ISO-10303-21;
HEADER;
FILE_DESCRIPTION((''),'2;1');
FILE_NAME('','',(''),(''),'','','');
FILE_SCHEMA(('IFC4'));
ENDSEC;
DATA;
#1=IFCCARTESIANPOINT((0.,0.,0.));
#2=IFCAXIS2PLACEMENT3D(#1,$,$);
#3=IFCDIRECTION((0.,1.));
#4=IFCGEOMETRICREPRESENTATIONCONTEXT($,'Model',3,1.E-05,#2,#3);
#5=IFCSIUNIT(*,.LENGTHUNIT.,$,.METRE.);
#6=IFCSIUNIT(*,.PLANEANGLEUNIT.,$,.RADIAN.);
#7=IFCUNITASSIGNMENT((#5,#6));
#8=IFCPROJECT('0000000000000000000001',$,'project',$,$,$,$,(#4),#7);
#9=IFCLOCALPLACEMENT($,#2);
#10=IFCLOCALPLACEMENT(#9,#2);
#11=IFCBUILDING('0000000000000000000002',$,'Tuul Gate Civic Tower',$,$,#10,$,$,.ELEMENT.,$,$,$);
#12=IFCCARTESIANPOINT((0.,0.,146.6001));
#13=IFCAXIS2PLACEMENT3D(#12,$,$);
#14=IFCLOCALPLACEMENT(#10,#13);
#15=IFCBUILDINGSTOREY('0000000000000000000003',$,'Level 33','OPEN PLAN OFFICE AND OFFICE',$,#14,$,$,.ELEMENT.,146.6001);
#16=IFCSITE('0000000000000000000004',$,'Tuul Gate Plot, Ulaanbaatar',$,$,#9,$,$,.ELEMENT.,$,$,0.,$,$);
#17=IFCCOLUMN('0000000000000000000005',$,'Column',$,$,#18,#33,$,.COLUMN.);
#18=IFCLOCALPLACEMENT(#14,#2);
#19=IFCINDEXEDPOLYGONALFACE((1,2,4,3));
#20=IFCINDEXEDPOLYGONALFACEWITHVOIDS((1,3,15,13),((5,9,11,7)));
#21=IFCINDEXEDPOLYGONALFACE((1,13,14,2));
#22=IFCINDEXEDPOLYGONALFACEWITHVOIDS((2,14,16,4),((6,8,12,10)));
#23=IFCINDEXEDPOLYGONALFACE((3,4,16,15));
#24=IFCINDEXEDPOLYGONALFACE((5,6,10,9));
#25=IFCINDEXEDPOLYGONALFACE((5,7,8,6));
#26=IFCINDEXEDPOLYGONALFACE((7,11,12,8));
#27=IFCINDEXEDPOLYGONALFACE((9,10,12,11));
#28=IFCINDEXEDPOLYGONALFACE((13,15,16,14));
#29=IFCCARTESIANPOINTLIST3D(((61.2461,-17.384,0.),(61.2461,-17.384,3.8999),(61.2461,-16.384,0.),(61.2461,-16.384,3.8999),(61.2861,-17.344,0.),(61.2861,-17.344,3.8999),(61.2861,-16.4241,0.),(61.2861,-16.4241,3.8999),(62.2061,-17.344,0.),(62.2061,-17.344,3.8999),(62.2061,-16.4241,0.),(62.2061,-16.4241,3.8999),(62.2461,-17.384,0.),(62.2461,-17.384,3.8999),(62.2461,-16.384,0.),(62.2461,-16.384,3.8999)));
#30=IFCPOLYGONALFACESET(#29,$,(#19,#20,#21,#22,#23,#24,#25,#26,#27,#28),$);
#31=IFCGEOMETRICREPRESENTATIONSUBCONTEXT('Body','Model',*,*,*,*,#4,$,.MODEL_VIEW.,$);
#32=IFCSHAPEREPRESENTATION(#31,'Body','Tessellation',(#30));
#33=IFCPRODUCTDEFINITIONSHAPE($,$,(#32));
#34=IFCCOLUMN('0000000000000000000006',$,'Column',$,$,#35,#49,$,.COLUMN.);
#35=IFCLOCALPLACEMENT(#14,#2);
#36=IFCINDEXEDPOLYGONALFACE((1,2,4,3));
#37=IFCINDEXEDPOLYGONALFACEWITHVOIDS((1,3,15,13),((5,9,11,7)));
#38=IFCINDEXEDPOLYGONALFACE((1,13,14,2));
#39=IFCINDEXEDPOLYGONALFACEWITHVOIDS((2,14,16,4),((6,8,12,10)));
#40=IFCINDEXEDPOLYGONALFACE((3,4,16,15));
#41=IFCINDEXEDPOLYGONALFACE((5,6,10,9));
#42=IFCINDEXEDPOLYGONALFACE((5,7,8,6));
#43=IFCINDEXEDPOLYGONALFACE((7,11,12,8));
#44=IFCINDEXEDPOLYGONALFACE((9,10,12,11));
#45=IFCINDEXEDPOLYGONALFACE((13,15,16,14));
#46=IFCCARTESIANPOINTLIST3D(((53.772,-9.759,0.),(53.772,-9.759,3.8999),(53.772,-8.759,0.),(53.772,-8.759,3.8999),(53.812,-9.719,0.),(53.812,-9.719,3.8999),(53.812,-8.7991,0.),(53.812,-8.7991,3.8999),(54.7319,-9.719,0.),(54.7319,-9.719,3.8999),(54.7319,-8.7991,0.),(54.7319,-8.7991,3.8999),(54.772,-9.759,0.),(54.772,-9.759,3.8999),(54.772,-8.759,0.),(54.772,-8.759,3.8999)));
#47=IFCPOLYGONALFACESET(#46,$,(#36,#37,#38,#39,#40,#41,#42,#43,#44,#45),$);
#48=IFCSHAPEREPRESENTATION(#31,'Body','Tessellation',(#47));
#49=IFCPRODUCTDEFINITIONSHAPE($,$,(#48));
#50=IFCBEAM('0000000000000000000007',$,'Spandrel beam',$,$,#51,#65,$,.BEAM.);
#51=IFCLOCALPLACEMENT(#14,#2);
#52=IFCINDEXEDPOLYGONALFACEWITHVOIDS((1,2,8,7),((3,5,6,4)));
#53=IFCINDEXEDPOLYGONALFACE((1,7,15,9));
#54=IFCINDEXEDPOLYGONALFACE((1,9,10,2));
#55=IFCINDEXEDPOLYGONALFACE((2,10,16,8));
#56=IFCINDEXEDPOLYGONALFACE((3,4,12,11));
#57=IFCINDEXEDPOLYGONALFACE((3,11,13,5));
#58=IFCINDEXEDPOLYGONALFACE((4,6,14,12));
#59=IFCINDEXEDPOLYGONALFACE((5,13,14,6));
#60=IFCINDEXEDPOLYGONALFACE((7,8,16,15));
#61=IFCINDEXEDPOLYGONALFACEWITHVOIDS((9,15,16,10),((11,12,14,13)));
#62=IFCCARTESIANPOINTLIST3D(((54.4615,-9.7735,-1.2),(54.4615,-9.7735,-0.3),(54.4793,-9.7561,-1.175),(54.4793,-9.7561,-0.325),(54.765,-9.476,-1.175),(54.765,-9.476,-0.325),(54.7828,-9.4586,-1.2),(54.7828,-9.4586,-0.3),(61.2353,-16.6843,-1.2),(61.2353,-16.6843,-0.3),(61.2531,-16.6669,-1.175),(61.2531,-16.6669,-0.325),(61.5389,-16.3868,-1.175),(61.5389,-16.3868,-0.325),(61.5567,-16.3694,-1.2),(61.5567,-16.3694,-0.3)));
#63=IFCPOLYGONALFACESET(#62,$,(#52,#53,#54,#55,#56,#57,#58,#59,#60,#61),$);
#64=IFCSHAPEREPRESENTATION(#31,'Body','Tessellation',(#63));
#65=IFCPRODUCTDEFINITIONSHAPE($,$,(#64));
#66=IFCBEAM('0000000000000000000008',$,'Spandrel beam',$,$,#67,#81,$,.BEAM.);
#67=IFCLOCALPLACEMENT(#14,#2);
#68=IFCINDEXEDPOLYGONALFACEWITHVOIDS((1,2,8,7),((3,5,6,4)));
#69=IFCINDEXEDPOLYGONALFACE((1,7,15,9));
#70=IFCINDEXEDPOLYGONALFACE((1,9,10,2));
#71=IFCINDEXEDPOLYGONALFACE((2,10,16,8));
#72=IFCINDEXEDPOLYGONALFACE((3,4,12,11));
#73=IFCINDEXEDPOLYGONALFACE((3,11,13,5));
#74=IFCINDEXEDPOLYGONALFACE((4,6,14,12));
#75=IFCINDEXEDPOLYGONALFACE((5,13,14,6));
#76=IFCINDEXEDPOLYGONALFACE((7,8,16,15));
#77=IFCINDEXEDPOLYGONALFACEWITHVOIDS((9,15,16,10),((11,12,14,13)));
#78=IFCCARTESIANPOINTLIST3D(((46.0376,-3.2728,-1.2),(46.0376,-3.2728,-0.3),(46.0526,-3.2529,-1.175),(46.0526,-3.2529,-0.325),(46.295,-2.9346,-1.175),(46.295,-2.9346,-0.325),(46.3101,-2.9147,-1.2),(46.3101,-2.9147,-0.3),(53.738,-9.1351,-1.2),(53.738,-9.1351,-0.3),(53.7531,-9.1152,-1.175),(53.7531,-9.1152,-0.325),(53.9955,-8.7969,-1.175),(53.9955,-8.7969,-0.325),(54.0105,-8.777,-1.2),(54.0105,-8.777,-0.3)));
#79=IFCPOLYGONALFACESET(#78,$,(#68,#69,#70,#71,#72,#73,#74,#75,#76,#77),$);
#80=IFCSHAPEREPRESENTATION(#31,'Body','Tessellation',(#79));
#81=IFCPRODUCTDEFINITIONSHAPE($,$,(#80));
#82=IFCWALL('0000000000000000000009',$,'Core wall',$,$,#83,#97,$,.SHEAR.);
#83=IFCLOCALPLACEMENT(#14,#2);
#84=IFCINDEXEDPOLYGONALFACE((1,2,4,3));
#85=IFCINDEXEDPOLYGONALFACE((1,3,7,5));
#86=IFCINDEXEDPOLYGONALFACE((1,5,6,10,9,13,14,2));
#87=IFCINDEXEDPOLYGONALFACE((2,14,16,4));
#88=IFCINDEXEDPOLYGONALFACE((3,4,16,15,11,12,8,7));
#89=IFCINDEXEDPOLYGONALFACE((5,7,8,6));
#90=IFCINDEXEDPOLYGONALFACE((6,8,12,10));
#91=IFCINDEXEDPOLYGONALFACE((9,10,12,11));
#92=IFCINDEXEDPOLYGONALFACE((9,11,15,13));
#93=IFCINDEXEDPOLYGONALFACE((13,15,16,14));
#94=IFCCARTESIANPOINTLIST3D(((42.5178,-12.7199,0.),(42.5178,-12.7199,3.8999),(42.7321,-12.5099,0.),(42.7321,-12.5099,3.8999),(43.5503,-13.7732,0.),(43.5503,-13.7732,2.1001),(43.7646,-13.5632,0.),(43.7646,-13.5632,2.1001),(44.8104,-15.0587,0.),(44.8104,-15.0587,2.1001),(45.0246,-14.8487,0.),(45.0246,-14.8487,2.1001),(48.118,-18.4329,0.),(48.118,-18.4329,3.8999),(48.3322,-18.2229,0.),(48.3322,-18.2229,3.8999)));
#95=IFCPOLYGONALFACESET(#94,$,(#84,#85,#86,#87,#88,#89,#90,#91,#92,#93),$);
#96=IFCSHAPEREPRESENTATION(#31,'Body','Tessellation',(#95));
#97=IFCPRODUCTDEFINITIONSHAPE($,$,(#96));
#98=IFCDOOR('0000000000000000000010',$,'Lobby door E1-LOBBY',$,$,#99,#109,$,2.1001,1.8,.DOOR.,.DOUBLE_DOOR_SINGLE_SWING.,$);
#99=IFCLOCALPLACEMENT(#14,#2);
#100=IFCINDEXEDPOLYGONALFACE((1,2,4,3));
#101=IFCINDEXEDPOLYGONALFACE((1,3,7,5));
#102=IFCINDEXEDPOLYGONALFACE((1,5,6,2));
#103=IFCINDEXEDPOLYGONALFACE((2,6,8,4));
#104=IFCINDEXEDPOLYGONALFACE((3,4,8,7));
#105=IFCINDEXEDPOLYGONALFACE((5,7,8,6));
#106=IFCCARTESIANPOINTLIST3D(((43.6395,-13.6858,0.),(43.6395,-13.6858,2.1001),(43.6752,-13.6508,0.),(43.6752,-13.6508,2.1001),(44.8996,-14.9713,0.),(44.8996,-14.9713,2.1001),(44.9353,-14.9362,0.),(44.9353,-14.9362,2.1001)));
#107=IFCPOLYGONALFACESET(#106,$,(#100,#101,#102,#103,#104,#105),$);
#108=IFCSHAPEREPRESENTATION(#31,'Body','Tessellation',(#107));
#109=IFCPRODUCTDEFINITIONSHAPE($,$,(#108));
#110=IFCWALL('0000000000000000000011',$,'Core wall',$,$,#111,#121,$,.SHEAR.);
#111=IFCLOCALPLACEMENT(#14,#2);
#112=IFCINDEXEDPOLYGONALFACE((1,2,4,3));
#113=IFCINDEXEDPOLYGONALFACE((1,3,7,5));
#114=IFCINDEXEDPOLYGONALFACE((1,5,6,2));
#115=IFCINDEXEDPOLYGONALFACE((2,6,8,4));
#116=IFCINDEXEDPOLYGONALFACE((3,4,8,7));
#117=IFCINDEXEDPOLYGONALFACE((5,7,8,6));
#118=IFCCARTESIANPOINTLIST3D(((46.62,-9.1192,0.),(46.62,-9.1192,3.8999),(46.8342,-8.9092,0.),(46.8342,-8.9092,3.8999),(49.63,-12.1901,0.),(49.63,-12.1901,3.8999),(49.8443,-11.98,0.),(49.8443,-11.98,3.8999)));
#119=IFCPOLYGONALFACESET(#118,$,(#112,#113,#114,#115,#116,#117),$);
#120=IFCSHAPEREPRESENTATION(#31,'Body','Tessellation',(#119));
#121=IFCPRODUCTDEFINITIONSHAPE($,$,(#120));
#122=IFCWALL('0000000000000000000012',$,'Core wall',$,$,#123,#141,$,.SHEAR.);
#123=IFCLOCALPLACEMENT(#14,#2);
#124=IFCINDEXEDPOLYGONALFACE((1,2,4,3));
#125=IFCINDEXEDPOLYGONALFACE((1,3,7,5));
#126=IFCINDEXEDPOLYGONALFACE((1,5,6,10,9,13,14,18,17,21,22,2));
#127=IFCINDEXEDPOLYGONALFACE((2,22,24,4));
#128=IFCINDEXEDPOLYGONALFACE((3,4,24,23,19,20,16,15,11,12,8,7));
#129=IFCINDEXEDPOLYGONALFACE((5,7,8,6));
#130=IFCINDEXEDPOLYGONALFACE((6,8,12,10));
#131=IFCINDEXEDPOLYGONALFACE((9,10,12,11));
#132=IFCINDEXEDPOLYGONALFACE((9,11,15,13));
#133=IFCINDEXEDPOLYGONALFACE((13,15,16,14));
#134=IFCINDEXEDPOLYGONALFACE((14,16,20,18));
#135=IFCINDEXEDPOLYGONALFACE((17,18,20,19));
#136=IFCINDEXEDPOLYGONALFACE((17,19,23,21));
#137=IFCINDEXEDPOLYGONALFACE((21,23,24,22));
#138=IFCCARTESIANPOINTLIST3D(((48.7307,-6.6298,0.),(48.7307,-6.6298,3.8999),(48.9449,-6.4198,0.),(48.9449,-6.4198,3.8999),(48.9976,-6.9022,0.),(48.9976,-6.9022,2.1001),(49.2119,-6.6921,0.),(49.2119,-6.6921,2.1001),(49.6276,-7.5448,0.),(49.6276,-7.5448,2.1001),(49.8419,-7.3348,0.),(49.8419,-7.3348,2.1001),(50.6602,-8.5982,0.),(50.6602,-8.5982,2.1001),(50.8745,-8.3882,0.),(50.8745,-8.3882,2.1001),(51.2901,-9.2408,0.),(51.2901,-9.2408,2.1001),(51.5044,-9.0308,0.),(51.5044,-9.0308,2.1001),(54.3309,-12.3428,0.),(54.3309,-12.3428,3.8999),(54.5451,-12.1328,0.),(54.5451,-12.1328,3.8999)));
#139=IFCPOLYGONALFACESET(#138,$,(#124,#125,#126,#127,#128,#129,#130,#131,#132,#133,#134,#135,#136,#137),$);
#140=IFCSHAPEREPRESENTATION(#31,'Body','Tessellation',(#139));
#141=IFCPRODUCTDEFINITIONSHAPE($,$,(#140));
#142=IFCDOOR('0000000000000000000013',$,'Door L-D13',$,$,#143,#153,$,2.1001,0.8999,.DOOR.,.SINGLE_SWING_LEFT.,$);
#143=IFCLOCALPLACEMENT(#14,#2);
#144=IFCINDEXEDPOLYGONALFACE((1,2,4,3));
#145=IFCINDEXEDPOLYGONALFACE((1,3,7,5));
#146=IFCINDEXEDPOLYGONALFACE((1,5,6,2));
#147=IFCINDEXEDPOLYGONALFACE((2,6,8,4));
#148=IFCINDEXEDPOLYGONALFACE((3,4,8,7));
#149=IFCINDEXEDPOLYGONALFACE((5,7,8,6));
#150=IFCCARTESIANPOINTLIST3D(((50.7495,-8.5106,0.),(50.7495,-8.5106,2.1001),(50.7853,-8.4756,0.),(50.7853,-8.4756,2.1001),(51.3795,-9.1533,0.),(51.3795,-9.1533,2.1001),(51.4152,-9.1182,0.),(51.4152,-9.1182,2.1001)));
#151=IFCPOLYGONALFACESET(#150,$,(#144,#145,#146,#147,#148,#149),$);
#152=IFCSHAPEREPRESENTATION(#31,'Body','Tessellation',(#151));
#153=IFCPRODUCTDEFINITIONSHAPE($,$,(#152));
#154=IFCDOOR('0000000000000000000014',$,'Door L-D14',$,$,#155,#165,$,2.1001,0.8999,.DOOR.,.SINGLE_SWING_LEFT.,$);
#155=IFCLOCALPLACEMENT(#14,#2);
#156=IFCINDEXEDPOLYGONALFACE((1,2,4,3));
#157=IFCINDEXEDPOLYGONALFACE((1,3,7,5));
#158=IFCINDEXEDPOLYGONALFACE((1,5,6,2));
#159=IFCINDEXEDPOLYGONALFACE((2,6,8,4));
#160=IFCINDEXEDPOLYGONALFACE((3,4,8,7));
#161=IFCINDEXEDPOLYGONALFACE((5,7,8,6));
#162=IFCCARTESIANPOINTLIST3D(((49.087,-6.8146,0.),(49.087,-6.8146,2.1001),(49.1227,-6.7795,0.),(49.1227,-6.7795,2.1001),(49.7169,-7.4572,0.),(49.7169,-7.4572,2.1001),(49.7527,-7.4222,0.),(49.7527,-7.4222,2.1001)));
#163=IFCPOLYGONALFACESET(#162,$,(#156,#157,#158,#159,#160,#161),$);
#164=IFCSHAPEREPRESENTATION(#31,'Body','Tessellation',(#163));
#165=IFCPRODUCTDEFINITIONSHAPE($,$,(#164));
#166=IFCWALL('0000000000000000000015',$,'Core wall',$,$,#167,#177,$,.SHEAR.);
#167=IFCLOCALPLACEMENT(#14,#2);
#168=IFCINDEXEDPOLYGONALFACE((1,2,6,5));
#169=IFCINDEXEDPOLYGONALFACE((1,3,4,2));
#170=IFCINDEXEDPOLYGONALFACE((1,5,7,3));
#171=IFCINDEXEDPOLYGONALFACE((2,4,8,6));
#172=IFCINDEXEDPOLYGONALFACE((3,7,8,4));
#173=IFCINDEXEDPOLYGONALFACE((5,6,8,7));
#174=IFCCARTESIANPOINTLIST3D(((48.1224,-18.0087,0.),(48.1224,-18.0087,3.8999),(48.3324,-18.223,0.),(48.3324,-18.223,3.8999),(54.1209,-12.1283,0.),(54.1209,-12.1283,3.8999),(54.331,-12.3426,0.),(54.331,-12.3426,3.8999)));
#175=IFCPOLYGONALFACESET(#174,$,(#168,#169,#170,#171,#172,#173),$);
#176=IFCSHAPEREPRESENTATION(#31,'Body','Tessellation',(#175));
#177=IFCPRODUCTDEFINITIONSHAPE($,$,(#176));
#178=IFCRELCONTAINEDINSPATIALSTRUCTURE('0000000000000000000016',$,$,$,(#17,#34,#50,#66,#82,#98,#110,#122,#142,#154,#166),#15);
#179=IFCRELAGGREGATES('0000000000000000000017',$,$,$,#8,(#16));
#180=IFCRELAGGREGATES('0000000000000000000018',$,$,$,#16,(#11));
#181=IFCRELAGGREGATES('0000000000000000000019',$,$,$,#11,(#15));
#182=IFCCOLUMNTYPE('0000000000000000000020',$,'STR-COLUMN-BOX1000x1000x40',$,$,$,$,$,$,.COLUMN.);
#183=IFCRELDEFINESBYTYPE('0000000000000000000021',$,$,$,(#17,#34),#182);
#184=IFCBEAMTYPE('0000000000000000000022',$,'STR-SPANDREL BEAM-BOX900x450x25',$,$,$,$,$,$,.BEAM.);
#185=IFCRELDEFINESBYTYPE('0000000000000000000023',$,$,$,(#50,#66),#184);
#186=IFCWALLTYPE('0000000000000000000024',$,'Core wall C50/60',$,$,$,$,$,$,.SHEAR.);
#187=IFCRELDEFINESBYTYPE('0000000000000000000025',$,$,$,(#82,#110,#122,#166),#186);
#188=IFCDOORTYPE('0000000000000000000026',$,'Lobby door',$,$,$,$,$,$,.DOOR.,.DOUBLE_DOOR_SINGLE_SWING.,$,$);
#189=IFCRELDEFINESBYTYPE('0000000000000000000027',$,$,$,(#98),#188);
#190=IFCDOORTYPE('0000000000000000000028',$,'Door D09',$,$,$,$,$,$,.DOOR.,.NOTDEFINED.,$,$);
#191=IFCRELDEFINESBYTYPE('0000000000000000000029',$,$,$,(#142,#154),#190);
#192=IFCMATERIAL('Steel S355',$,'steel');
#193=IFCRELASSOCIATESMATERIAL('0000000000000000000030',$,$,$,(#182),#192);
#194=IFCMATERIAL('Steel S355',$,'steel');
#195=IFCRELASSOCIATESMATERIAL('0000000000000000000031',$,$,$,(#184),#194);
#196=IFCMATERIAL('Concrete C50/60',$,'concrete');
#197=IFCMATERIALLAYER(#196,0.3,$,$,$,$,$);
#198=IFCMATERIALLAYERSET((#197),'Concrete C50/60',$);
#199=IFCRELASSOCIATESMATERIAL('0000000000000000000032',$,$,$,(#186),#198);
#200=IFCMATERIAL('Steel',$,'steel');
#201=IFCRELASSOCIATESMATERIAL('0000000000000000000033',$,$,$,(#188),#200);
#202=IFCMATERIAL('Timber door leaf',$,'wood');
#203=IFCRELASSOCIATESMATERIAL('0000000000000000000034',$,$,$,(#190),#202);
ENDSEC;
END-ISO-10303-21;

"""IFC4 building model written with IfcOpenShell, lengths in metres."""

from ifc_helpers import new_model, si_unit, direction, frame, frame_2d, origin, origin_2d, place, context, subcontext, project, spatial, rectangle, hollow_rectangle, extrude, material, layer, layer_set, material_profile, profile_set, type_object, element, fill, save


model = new_model("IFC4")

# Units and contexts
model_context = context("Model", 3, precision=1e-05, world=origin(), true_north=direction((0.0, 1.0)))
body_context = subcontext(model_context, "Body", "Model", "MODEL_VIEW")
ifc_project = project(units=[si_unit("LENGTHUNIT", "METRE"), si_unit("PLANEANGLEUNIT", "RADIAN")], contexts=[model_context])

# Site, building, storey
site_placement = place(None, origin())
site = spatial("IfcSite", under=ifc_project, at=site_placement, Name="Tuul Gate Plot, Ulaanbaatar", CompositionType="ELEMENT", RefElevation=0.0)
building_placement = place(site_placement, origin())
building = spatial("IfcBuilding", under=site, at=building_placement, Name="Tuul Gate Civic Tower", CompositionType="ELEMENT")
storey_placement = place(building_placement, frame((0.0, 0.0, 146.6001)))
storey = spatial("IfcBuildingStorey", under=building, at=storey_placement, Name="Level 33", Description="OPEN PLAN OFFICE AND OFFICE", CompositionType="ELEMENT", Elevation=146.6001)

# Columns
ifc_material_1 = material(Name="Steel S355", Category="steel")
ifc_material_profile_1 = material_profile(ifc_material_1, hollow_rectangle(XDim=1.0, YDim=1.0, WallThickness=0.04, at=origin_2d()), Name="BOX1000x1000x40")
ifc_profile_set_1 = profile_set([ifc_material_profile_1], Name="Steel S355")
column_type = type_object("IfcColumnType", Name="STR-COLUMN-BOX1000x1000x40", PredefinedType="COLUMN", material=ifc_profile_set_1)
for number, where, z_axis, x_axis, name in (
    (1, (61.7461, -16.884, 0.0), (0.0, 0.0, 1.0), (1.0, 0.0, 0.0), "Column"),
    (2, (54.272, -9.259, 0.0), (0.0, 0.0, 1.0), (1.0, 0.0, 0.0), "Column"),
):
    element("IfcColumn", number, at=place(storey_placement, frame(where, z_axis=z_axis, x_axis=x_axis)), inside=storey, type_object=column_type, Name=name, PredefinedType="COLUMN", context=body_context, shape_type="SweptSolid", body=[
        extrude(hollow_rectangle(XDim=1.0, YDim=1.0, WallThickness=0.04, at=origin_2d()), origin(), (0.0, 0.0, 1.0), 3.8999),
    ])

# Beams
ifc_material_2 = material(Name="Steel S355", Category="steel")
ifc_material_profile_2 = material_profile(ifc_material_2, hollow_rectangle(XDim=0.45, YDim=0.8999, WallThickness=0.0249, at=origin_2d()), Name="BOX900x450x25")
ifc_profile_set_2 = profile_set([ifc_material_profile_2], Name="Steel S355")
beam_type = type_object("IfcBeamType", Name="STR-SPANDREL BEAM-BOX900x450x25", PredefinedType="BEAM", material=ifc_profile_set_2)
beam_1_placement = place(storey_placement, frame((61.396, -16.5269, -0.75), z_axis=(-0.699995, 0.714148, 0.0), x_axis=(-0.714148, -0.699995, 0.0)))
element("IfcBeam", 3, at=beam_1_placement, inside=storey, type_object=beam_type, Name="Spandrel beam", PredefinedType="BEAM", context=body_context, shape_type="SweptSolid", body=[
    extrude(hollow_rectangle(XDim=0.45, YDim=0.8999, WallThickness=0.0249, at=origin_2d()), origin(), (0.0, 0.0, 1.0), 9.677),
])
beam_2_placement = place(storey_placement, frame((53.8743, -8.9561, -0.75), z_axis=(-0.795666, 0.605736, 0.0), x_axis=(-0.605736, -0.795666, 0.0)))
element("IfcBeam", 4, at=beam_2_placement, inside=storey, type_object=beam_type, Name="Spandrel beam", PredefinedType="BEAM", context=body_context, shape_type="SweptSolid", body=[
    extrude(hollow_rectangle(XDim=0.45, YDim=0.8999, WallThickness=0.0249, at=origin_2d()), origin(), (0.0, 0.0, 1.0), 9.678),
])

# Wall, opening, door
ifc_material_3 = material(Name="Concrete C50/60", Category="concrete")
ifc_layer_1 = layer(ifc_material_3, 0.3)
ifc_layer_set_1 = layer_set([ifc_layer_1], Name="Concrete C50/60")
wall_type_1 = type_object("IfcWallType", Name="Core wall C50/60", PredefinedType="SHEAR", material=ifc_layer_set_1)
wall_1_placement = place(storey_placement, frame((48.2251, -18.3279, 0.0), z_axis=(0.0, 0.0, 1.0), x_axis=(-0.700022, 0.714121, 0.0)))
wall_1 = element("IfcWall", 5, at=wall_1_placement, inside=storey, type_object=wall_type_1, Name="Core wall", PredefinedType="SHEAR", context=body_context, shape_type="SweptSolid", body=[
    extrude(rectangle(XDim=8.0, YDim=0.3, at=frame_2d((4.0, 0.0))), origin(), (0.0, 0.0, 1.0), 3.8999),
])
opening_1_placement = place(wall_1_placement, frame((4.7251, 0.0, 0.0)))
opening_1 = element("IfcOpeningElement", 6, at=opening_1_placement, cuts=wall_1, PredefinedType="OPENING", context=body_context, shape_type="SweptSolid", body=[
    extrude(rectangle(XDim=1.8, YDim=2.1001, at=frame_2d((0.8999, 1.05))), frame((0.0, 0.1602, 0.0), z_axis=(0.0, -1.0, 0.0), x_axis=(1.0, 0.0, 0.0)), (0.0, 0.0, 1.0), 0.3201),
])
ifc_material_4 = material(Name="Steel", Category="steel")
door_type_1 = type_object("IfcDoorType", Name="Lobby door", OperationType="DOUBLE_DOOR_SINGLE_SWING", PredefinedType="DOOR", material=ifc_material_4)
door_1_placement = place(opening_1_placement, frame((1.8, 0.0, 0.0), z_axis=(0.0, 0.0, 1.0), x_axis=(-1.0, 0.0, 0.0)))
door_1 = element("IfcDoor", 7, at=door_1_placement, inside=storey, type_object=door_type_1, Name="Lobby door E1-LOBBY", OperationType="DOUBLE_DOOR_SINGLE_SWING", OverallHeight=2.1001, OverallWidth=1.8, PredefinedType="DOOR", context=body_context, shape_type="SweptSolid", body=[
    extrude(rectangle(XDim=1.8, YDim=2.1001, at=frame_2d((0.9001, 1.05))), frame((0.0, 0.0249, 0.0), z_axis=(0.0, -1.0, 0.0), x_axis=(1.0, 0.0, 0.0)), (0.0, 0.0, 1.0), 0.05),
])
fill(opening_1, door_1)

# Wall
wall_2_placement = place(storey_placement, frame((49.7371, -12.085, 0.0), z_axis=(0.0, 0.0, 1.0), x_axis=(-0.700003, 0.71414, 0.0)))
element("IfcWall", 8, at=wall_2_placement, inside=storey, type_object=wall_type_1, Name="Core wall", PredefinedType="SHEAR", context=body_context, shape_type="SweptSolid", body=[
    extrude(rectangle(XDim=4.3, YDim=0.3, at=frame_2d((2.1499, 0.0))), origin(), (0.0, 0.0, 1.0), 3.8999),
])

# Wall, openings, doors
wall_3_placement = place(storey_placement, frame((54.438, -12.2378, 0.0), z_axis=(0.0, 0.0, 1.0), x_axis=(-0.700022, 0.714121, 0.0)))
wall_3 = element("IfcWall", 9, at=wall_3_placement, inside=storey, type_object=wall_type_1, Name="Core wall", PredefinedType="SHEAR", context=body_context, shape_type="SweptSolid", body=[
    extrude(rectangle(XDim=8.0, YDim=0.3, at=frame_2d((4.0, 0.0))), origin(), (0.0, 0.0, 1.0), 3.8999),
])
opening_2_placement = place(wall_3_placement, frame((4.3438, 0.0, 0.0)))
opening_2 = element("IfcOpeningElement", 10, at=opening_2_placement, cuts=wall_3, PredefinedType="OPENING", context=body_context, shape_type="SweptSolid", body=[
    extrude(rectangle(XDim=0.8999, YDim=2.1001, at=frame_2d((0.45, 1.05))), frame((0.0, 0.1602, 0.0), z_axis=(0.0, -1.0, 0.0), x_axis=(1.0, 0.0, 0.0)), (0.0, 0.0, 1.0), 0.3201),
])
opening_3_placement = place(wall_3_placement, frame((6.7188, 0.0, 0.0)))
opening_3 = element("IfcOpeningElement", 11, at=opening_3_placement, cuts=wall_3, PredefinedType="OPENING", context=body_context, shape_type="SweptSolid", body=[
    extrude(rectangle(XDim=0.8999, YDim=2.1001, at=frame_2d((0.45, 1.05))), frame((0.0, 0.1602, 0.0), z_axis=(0.0, -1.0, 0.0), x_axis=(1.0, 0.0, 0.0)), (0.0, 0.0, 1.0), 0.3201),
])
ifc_material_5 = material(Name="Timber door leaf", Category="wood")
door_type_2 = type_object("IfcDoorType", Name="Door D09", OperationType="NOTDEFINED", PredefinedType="DOOR", material=ifc_material_5)
door_2_placement = place(opening_2_placement, origin())
door_2 = element("IfcDoor", 12, at=door_2_placement, inside=storey, type_object=door_type_2, Name="Door L-D13", OperationType="SINGLE_SWING_LEFT", OverallHeight=2.1001, OverallWidth=0.8999, PredefinedType="DOOR", context=body_context, shape_type="SweptSolid", body=[
    extrude(rectangle(XDim=0.8999, YDim=2.1001, at=frame_2d((0.45, 1.05))), frame((0.0, 0.0249, 0.0), z_axis=(0.0, -1.0, 0.0), x_axis=(1.0, 0.0, 0.0)), (0.0, 0.0, 1.0), 0.05),
])
fill(opening_2, door_2)
door_3_placement = place(opening_3_placement, origin())
door_3 = element("IfcDoor", 13, at=door_3_placement, inside=storey, type_object=door_type_2, Name="Door L-D14", OperationType="SINGLE_SWING_LEFT", OverallHeight=2.1001, OverallWidth=0.8999, PredefinedType="DOOR", context=body_context, shape_type="SweptSolid", body=[
    extrude(rectangle(XDim=0.8999, YDim=2.1001, at=frame_2d((0.45, 1.05))), frame((0.0, 0.0249, 0.0), z_axis=(0.0, -1.0, 0.0), x_axis=(1.0, 0.0, 0.0)), (0.0, 0.0, 1.0), 0.05),
])
fill(opening_3, door_3)

# Wall
wall_4_placement = place(storey_placement, frame((48.2273, -18.116, 0.0), z_axis=(0.0, 0.0, 1.0), x_axis=(0.714105, 0.700038, 0.0)))
element("IfcWall", 14, at=wall_4_placement, inside=storey, type_object=wall_type_1, Name="Core wall", PredefinedType="SHEAR", context=body_context, shape_type="SweptSolid", body=[
    extrude(rectangle(XDim=8.4001, YDim=0.3, at=frame_2d((4.2002, 0.0))), origin(), (0.0, 0.0, 1.0), 3.8999),
])

save(model, "model.ifc")
